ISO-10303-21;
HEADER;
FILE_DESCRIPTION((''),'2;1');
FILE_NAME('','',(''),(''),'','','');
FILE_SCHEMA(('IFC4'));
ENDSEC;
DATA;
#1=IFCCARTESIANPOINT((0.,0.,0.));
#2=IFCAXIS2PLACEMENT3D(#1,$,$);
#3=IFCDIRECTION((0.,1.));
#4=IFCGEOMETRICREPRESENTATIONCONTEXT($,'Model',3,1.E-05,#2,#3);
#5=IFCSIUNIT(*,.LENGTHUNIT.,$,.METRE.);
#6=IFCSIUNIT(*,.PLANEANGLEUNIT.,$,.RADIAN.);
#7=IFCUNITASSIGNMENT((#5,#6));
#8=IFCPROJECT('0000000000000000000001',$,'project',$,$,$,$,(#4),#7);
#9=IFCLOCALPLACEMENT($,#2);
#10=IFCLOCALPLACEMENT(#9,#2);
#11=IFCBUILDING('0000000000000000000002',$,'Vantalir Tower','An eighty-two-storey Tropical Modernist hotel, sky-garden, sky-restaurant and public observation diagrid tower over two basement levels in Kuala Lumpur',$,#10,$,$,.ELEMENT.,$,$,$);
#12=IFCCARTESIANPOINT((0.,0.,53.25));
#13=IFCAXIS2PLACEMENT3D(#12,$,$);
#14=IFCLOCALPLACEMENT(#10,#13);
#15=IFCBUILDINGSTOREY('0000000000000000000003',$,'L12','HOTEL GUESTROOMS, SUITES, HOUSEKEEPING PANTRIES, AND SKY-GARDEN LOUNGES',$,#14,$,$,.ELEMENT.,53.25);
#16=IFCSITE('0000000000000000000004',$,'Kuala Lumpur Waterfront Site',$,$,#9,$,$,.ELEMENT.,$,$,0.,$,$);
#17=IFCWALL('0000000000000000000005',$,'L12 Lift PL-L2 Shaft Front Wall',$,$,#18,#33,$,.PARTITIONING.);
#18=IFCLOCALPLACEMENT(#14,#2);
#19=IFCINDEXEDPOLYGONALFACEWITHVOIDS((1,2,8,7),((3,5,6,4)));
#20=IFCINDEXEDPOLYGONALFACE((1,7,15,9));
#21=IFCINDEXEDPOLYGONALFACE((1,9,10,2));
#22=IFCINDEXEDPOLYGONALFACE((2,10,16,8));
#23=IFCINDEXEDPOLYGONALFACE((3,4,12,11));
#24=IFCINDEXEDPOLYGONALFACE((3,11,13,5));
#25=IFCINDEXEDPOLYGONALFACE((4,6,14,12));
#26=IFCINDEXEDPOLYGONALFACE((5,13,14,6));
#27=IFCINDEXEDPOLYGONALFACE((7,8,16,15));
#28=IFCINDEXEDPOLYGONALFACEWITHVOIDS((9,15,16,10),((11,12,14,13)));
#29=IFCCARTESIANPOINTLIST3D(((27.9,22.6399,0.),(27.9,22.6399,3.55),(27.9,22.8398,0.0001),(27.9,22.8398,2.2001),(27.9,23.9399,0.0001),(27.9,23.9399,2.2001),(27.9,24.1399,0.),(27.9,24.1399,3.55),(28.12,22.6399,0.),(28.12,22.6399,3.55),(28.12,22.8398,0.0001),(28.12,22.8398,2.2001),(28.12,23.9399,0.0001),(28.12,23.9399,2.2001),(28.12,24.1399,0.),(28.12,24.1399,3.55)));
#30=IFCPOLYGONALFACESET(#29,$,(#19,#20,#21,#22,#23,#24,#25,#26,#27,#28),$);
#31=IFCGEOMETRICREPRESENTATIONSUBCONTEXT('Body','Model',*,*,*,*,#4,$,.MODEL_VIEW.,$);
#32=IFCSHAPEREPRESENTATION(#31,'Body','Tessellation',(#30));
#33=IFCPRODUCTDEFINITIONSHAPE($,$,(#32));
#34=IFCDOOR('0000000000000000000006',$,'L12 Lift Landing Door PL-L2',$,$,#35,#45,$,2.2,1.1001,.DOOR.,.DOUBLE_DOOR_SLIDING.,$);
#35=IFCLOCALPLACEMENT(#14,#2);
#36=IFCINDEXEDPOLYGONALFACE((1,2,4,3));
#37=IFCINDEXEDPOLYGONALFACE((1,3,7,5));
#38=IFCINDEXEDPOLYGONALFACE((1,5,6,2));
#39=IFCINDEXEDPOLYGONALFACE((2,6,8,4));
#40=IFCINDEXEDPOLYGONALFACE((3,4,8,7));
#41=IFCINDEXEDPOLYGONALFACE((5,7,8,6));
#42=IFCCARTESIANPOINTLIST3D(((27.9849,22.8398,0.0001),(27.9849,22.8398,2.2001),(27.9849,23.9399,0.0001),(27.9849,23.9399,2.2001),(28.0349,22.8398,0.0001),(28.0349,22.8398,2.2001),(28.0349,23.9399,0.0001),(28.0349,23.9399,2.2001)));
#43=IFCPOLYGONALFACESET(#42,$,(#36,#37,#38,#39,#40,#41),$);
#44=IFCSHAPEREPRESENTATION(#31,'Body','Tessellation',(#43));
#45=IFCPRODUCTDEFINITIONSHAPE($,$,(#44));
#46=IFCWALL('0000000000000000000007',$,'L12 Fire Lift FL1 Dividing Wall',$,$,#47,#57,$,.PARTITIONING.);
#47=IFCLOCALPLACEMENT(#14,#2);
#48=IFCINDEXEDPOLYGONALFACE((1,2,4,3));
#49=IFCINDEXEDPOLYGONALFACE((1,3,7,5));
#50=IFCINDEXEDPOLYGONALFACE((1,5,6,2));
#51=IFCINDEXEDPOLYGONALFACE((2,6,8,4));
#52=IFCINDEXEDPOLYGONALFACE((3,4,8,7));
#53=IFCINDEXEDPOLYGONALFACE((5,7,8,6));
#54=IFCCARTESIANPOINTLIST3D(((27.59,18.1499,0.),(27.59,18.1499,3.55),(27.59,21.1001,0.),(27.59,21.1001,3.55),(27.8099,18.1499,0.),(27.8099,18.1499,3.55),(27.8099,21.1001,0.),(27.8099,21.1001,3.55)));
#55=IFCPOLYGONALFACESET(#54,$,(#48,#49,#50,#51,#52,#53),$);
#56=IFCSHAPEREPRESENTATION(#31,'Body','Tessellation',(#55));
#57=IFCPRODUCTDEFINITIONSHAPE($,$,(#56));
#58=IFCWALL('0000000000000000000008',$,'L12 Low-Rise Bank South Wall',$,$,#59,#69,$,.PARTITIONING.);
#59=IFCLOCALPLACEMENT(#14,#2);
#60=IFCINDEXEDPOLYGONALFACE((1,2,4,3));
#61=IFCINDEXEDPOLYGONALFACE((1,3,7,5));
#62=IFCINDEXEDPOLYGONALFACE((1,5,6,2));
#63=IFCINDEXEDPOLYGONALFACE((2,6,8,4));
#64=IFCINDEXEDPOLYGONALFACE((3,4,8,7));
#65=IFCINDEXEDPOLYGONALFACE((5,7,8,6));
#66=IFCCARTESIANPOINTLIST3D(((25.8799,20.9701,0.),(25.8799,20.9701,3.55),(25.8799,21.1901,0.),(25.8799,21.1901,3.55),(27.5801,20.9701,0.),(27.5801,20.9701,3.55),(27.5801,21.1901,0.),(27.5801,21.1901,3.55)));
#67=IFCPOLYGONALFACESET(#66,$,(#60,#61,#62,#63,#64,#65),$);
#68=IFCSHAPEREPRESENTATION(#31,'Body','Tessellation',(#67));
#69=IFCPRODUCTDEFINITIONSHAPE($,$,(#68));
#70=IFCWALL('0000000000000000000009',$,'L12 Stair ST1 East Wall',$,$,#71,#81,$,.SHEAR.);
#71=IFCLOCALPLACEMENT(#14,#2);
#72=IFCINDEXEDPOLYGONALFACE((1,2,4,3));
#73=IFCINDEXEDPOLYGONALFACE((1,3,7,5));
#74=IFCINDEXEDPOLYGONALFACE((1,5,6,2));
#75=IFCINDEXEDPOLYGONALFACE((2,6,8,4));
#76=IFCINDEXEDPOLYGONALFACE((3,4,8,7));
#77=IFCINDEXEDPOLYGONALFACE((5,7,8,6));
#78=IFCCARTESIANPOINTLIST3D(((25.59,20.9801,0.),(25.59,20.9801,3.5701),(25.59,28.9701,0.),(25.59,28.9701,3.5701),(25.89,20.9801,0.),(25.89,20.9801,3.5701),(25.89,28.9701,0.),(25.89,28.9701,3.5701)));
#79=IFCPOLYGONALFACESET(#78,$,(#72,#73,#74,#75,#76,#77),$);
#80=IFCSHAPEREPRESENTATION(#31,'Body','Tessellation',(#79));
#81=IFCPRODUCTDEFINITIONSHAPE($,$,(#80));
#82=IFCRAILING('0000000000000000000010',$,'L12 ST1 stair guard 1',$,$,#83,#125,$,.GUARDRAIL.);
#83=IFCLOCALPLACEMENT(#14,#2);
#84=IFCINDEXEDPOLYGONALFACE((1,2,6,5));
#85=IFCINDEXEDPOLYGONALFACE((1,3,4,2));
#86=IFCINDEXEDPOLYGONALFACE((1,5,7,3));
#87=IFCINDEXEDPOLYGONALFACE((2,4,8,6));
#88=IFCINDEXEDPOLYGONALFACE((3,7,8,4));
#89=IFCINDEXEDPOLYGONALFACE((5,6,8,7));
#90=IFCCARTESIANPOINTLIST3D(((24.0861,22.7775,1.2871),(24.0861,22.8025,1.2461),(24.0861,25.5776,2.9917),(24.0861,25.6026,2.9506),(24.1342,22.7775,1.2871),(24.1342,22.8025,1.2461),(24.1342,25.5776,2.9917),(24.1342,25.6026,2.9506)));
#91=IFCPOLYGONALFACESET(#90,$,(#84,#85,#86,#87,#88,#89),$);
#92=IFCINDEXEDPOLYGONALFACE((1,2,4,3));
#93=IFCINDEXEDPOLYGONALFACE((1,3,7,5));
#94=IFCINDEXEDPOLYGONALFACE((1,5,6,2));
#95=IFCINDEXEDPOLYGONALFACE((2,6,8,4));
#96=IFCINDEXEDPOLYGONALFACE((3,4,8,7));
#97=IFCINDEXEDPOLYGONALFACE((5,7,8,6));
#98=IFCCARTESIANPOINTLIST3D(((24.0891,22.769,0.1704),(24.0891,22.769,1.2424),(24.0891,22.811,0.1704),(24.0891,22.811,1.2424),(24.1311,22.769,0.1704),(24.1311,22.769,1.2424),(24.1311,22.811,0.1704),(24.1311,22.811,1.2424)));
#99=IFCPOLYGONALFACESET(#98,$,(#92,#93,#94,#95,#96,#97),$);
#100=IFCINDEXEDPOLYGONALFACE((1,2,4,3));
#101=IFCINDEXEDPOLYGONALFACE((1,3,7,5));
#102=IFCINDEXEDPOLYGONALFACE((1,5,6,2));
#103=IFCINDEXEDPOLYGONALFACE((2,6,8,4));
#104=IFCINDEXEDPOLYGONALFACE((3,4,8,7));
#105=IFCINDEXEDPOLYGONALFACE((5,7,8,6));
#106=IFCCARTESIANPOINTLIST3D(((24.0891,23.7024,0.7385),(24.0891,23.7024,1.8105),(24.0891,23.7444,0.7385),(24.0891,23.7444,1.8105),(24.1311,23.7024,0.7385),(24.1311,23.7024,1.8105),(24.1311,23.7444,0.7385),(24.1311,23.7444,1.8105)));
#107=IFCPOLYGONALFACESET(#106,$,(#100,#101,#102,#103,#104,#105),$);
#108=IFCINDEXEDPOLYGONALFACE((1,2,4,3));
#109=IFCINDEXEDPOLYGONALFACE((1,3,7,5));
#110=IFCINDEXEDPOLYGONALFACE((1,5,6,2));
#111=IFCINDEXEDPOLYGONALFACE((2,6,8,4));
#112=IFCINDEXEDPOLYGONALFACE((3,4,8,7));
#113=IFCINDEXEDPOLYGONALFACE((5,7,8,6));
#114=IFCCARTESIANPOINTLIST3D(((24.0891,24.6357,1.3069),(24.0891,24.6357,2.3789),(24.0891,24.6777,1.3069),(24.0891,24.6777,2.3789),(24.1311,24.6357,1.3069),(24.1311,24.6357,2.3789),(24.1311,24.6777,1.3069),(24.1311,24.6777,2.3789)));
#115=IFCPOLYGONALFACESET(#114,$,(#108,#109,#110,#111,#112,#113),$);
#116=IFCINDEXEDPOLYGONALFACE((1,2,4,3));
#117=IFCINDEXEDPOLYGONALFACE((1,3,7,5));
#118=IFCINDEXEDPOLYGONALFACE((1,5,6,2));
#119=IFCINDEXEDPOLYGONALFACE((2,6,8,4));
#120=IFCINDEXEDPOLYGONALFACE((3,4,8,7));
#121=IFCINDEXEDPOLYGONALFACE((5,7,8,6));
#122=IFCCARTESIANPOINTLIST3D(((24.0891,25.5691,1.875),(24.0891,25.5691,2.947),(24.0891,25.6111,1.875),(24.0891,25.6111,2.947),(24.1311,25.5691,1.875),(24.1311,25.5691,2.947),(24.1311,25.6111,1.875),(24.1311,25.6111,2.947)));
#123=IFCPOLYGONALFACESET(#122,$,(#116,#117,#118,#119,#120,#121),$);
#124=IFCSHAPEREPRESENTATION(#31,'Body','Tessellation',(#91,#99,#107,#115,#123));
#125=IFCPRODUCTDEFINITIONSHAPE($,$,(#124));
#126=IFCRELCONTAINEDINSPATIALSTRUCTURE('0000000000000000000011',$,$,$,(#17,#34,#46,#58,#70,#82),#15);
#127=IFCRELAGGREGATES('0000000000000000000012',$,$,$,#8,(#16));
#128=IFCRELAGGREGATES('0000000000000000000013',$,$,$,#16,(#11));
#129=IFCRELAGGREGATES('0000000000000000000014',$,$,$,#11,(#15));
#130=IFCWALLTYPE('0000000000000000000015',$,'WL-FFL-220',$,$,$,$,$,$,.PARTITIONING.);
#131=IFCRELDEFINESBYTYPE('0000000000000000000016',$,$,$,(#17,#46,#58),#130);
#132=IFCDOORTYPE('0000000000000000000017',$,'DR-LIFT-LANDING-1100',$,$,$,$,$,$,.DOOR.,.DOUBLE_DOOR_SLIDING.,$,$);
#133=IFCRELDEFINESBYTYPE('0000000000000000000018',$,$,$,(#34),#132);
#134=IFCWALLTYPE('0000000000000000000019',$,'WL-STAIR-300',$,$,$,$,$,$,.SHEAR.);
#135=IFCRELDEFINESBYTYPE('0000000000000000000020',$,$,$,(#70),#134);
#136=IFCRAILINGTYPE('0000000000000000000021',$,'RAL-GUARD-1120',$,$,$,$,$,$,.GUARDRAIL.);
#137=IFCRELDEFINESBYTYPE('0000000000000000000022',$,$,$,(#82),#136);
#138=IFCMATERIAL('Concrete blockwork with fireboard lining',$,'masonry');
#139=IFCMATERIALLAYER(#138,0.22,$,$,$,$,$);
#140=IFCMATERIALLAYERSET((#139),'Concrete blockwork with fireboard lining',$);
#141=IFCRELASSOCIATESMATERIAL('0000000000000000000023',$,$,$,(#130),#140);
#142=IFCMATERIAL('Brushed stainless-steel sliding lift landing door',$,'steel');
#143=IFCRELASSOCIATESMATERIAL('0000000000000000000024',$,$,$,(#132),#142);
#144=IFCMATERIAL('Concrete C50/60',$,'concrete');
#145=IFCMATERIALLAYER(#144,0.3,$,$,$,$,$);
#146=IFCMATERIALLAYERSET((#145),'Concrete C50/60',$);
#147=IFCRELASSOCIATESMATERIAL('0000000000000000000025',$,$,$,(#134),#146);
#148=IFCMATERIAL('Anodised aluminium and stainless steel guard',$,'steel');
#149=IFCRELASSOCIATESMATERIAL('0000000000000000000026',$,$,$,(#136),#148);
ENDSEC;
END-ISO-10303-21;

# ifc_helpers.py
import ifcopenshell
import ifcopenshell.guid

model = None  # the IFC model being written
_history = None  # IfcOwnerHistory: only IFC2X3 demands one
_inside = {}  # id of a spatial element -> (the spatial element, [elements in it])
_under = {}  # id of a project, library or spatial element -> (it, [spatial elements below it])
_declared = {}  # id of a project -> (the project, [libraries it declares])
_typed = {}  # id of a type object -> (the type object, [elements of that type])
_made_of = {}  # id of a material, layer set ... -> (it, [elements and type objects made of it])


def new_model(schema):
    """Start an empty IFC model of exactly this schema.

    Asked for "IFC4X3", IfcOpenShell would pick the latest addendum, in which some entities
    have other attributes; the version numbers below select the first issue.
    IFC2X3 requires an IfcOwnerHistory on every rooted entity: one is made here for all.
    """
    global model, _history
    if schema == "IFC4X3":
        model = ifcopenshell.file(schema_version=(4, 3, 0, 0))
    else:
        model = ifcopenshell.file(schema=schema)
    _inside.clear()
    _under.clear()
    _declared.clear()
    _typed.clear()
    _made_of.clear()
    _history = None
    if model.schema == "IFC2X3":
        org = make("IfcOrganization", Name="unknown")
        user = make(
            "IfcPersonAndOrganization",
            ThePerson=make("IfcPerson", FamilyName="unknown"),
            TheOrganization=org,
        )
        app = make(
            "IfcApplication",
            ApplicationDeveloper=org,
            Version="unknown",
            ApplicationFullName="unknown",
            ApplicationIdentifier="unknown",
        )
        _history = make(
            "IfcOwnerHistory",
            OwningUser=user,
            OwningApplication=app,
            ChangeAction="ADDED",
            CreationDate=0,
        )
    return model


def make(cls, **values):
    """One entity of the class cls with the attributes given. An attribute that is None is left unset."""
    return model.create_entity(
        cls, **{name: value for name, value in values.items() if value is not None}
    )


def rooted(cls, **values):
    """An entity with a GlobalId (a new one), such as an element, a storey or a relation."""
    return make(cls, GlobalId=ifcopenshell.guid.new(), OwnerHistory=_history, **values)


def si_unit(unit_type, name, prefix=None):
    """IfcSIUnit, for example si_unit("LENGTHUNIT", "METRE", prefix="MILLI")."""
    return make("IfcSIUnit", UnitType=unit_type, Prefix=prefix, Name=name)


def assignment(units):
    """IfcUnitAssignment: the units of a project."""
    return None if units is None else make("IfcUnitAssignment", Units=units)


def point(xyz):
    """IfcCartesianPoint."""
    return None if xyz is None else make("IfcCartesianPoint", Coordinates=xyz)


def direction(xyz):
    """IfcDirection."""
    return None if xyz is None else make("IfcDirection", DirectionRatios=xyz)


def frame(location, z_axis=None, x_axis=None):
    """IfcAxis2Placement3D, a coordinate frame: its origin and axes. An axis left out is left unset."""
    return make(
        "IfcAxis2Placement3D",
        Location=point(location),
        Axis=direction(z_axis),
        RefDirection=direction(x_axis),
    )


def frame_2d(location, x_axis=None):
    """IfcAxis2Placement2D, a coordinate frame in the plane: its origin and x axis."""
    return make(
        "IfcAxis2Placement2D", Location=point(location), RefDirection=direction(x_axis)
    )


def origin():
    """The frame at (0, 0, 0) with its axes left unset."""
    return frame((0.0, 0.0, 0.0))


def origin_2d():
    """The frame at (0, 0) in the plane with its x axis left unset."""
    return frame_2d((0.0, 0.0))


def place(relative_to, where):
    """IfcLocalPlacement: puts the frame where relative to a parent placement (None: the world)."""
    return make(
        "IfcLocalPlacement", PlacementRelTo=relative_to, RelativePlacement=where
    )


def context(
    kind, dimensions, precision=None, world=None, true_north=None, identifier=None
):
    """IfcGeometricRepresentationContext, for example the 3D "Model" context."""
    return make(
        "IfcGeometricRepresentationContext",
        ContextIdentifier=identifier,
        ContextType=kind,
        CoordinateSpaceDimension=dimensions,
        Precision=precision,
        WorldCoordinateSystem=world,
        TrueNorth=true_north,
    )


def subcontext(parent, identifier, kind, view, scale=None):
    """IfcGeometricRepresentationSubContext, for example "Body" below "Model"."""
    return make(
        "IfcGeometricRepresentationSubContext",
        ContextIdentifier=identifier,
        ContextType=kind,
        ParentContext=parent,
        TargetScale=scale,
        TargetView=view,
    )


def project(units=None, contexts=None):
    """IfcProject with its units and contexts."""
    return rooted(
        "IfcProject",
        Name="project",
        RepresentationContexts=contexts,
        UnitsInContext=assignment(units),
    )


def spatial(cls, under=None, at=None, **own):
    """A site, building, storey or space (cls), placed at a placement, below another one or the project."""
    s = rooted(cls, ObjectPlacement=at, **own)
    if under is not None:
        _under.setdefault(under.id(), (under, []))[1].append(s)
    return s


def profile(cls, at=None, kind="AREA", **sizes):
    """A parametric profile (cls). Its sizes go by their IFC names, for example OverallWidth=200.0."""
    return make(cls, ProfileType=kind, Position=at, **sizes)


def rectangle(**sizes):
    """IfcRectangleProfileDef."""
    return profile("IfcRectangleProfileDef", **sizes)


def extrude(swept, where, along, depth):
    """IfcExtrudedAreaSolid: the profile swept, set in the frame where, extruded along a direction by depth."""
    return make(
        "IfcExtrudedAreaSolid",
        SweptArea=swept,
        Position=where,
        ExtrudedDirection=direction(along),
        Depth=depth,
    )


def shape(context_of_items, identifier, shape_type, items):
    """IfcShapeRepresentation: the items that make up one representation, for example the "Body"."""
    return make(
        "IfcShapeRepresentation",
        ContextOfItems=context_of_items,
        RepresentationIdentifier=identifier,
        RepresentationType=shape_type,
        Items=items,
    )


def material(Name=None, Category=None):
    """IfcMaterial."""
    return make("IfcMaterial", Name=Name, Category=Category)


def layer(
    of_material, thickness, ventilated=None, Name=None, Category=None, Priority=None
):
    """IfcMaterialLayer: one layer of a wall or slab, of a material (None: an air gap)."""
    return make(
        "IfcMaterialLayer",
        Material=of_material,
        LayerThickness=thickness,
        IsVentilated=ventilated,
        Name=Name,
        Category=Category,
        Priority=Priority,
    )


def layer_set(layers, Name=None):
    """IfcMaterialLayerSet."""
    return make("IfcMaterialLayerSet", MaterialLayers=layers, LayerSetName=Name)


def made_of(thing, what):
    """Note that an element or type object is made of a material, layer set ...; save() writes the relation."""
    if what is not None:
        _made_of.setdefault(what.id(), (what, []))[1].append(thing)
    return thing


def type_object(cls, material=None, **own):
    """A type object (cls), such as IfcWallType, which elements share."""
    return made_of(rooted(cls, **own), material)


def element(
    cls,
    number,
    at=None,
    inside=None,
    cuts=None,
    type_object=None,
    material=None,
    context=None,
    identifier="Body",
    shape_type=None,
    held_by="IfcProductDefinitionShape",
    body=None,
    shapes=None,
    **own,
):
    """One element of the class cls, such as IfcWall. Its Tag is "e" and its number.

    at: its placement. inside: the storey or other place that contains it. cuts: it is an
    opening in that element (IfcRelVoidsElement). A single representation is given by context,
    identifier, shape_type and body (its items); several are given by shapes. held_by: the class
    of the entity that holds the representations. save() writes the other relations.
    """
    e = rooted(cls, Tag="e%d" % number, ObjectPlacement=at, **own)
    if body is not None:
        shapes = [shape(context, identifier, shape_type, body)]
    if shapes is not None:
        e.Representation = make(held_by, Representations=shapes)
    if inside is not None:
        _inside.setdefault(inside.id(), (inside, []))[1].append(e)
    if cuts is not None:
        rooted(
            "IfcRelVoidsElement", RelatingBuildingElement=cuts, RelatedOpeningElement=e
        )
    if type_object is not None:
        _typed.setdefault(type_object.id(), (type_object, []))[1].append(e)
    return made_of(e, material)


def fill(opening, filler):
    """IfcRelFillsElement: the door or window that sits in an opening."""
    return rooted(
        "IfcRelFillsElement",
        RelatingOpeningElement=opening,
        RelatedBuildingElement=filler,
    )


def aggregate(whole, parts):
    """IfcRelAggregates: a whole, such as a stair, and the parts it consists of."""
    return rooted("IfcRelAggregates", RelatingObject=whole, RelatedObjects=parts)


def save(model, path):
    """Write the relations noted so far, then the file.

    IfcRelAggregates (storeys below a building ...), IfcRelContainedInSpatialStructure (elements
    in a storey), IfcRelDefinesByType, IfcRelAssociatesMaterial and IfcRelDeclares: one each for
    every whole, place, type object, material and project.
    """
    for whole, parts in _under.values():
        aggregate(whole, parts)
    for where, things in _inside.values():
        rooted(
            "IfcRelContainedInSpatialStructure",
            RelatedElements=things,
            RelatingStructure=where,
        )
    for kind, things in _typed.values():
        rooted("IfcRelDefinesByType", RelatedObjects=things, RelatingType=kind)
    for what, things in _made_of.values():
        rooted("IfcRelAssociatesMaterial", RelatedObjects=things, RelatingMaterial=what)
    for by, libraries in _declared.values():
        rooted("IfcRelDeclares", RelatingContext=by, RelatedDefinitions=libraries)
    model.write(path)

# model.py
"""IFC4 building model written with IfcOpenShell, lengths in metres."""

from ifc_helpers import new_model, si_unit, direction, frame, frame_2d, origin, origin_2d, place, context, subcontext, project, spatial, rectangle, extrude, material, layer, layer_set, type_object, element, fill, save


model = new_model("IFC4")

# Units and contexts
model_context = context("Model", 3, precision=1e-05, world=origin(), true_north=direction((0.0, 1.0)))
body_context = subcontext(model_context, "Body", "Model", "MODEL_VIEW")
ifc_project = project(units=[si_unit("LENGTHUNIT", "METRE"), si_unit("PLANEANGLEUNIT", "RADIAN")], contexts=[model_context])

# Site, building, storey
site_placement = place(None, origin())
site = spatial("IfcSite", under=ifc_project, at=site_placement, Name="Kuala Lumpur Waterfront Site", CompositionType="ELEMENT", RefElevation=0.0)
building_placement = place(site_placement, origin())
building = spatial("IfcBuilding", under=site, at=building_placement, Name="Vantalir Tower", Description="An eighty-two-storey Tropical Modernist hotel, sky-garden, sky-restaurant and public observation diagrid tower over two basement levels in Kuala Lumpur", CompositionType="ELEMENT")
storey_placement = place(building_placement, frame((0.0, 0.0, 53.25)))
storey = spatial("IfcBuildingStorey", under=building, at=storey_placement, Name="L12", Description="HOTEL GUESTROOMS, SUITES, HOUSEKEEPING PANTRIES, AND SKY-GARDEN LOUNGES", CompositionType="ELEMENT", Elevation=53.25)

# Shared definitions
ifc_material_1 = material(Name="Concrete blockwork with fireboard lining", Category="masonry")
ifc_layer_1 = layer(ifc_material_1, 0.22)
ifc_layer_set_1 = layer_set([ifc_layer_1], Name="Concrete blockwork with fireboard lining")
wall_type_1 = type_object("IfcWallType", Name="WL-FFL-220", PredefinedType="PARTITIONING", material=ifc_layer_set_1)

# Shared definitions
ifc_material_2 = material(Name="Brushed stainless-steel sliding lift landing door", Category="steel")
door_type = type_object("IfcDoorType", Name="DR-LIFT-LANDING-1100", OperationType="DOUBLE_DOOR_SLIDING", PredefinedType="DOOR", material=ifc_material_2)

# Wall, opening, door
wall_1_placement = place(storey_placement, frame((28.01, 22.6399, 0.0), z_axis=(0.0, 0.0, 1.0), x_axis=(0.0, 1.0, 0.0)))
wall_1 = element("IfcWall", 1, at=wall_1_placement, inside=storey, type_object=wall_type_1, Name="L12 Lift PL-L2 Shaft Front Wall", PredefinedType="PARTITIONING", context=body_context, shape_type="SweptSolid", body=[
    extrude(rectangle(XDim=1.5, YDim=0.22, at=frame_2d((0.75, 0.0))), origin(), (0.0, 0.0, 1.0), 3.55),
])
opening_1_placement = place(wall_1_placement, frame((0.2, 0.0, 0.0)))
opening_1 = element("IfcOpeningElement", 2, at=opening_1_placement, cuts=wall_1, PredefinedType="OPENING", context=body_context, shape_type="SweptSolid", body=[
    extrude(rectangle(XDim=1.1001, YDim=2.2, at=frame_2d((0.55, 1.1001))), frame((0.0, 0.1199, 0.0), z_axis=(0.0, -1.0, 0.0), x_axis=(1.0, 0.0, 0.0)), (0.0, 0.0, 1.0), 0.24),
])
door_1_placement = place(opening_1_placement, frame((1.1001, 0.0, 0.0), z_axis=(0.0, 0.0, 1.0), x_axis=(-1.0, 0.0, 0.0)))
door_1 = element("IfcDoor", 3, at=door_1_placement, inside=storey, type_object=door_type, Name="L12 Lift Landing Door PL-L2", OperationType="DOUBLE_DOOR_SLIDING", OverallHeight=2.2, OverallWidth=1.1001, PredefinedType="DOOR", context=body_context, shape_type="SweptSolid", body=[
    extrude(rectangle(XDim=1.1001, YDim=2.2, at=frame_2d((0.55, 1.1001))), frame((0.0, 0.0249, 0.0), z_axis=(0.0, -1.0, 0.0), x_axis=(1.0, 0.0, 0.0)), (0.0, 0.0, 1.0), 0.05),
])
fill(opening_1, door_1)

# Walls
wall_2_placement = place(storey_placement, frame((27.7, 18.1499, 0.0), z_axis=(0.0, 0.0, 1.0), x_axis=(0.0, 1.0, 0.0)))
element("IfcWall", 4, at=wall_2_placement, inside=storey, type_object=wall_type_1, Name="L12 Fire Lift FL1 Dividing Wall", PredefinedType="PARTITIONING", context=body_context, shape_type="SweptSolid", body=[
    extrude(rectangle(XDim=2.9502, YDim=0.22, at=frame_2d((1.4751, 0.0))), origin(), (0.0, 0.0, 1.0), 3.55),
])
wall_3_placement = place(storey_placement, frame((25.8799, 21.0801, 0.0), z_axis=(0.0, 0.0, 1.0), x_axis=(1.0, 0.0, 0.0)))
element("IfcWall", 5, at=wall_3_placement, inside=storey, type_object=wall_type_1, Name="L12 Low-Rise Bank South Wall", PredefinedType="PARTITIONING", context=body_context, shape_type="SweptSolid", body=[
    extrude(rectangle(XDim=1.7002, YDim=0.22, at=frame_2d((0.8501, 0.0))), origin(), (0.0, 0.0, 1.0), 3.55),
])
ifc_material_3 = material(Name="Concrete C50/60", Category="concrete")
ifc_layer_2 = layer(ifc_material_3, 0.3)
ifc_layer_set_2 = layer_set([ifc_layer_2], Name="Concrete C50/60")
wall_type_2 = type_object("IfcWallType", Name="WL-STAIR-300", PredefinedType="SHEAR", material=ifc_layer_set_2)
wall_4_placement = place(storey_placement, frame((25.74, 20.98, 0.0), z_axis=(0.0, 0.0, 1.0), x_axis=(0.0, 1.0, 0.0)))
element("IfcWall", 6, at=wall_4_placement, inside=storey, type_object=wall_type_2, Name="L12 Stair ST1 East Wall", PredefinedType="SHEAR", context=body_context, shape_type="SweptSolid", body=[
    extrude(rectangle(XDim=7.99, YDim=0.3, at=frame_2d((3.9951, 0.0))), origin(), (0.0, 0.0, 1.0), 3.5701),
])

# Railing
ifc_material_4 = material(Name="Anodised aluminium and stainless steel guard", Category="steel")
railing_type = type_object("IfcRailingType", Name="RAL-GUARD-1120", PredefinedType="GUARDRAIL", material=ifc_material_4)
railing_placement = place(storey_placement, frame((24.1101, 22.79, 0.1704)))
element("IfcRailing", 7, at=railing_placement, inside=storey, type_object=railing_type, Name="L12 ST1 stair guard 1", PredefinedType="GUARDRAIL", context=body_context, shape_type="SweptSolid", body=[
    extrude(rectangle(XDim=0.0481, YDim=0.0481, at=origin_2d()), frame((0.0, 0.0, 1.0962), z_axis=(0.0, 0.85417, 0.519994), x_axis=(-1.0, 0.0, 0.0)), (0.0, 0.0, 1.0), 3.2781),
    extrude(rectangle(XDim=0.042, YDim=0.042, at=origin_2d()), origin(), (0.0, 0.0, 1.0), 1.072),
    extrude(rectangle(XDim=0.042, YDim=0.042, at=origin_2d()), frame((0.0, 0.9333, 0.5681)), (0.0, 0.0, 1.0), 1.072),
    extrude(rectangle(XDim=0.042, YDim=0.042, at=origin_2d()), frame((0.0, 1.8667, 1.1365)), (0.0, 0.0, 1.0), 1.072),
    extrude(rectangle(XDim=0.042, YDim=0.042, at=origin_2d()), frame((0.0, 2.8, 1.7046)), (0.0, 0.0, 1.0), 1.072),
])

save(model, "model.ifc")
